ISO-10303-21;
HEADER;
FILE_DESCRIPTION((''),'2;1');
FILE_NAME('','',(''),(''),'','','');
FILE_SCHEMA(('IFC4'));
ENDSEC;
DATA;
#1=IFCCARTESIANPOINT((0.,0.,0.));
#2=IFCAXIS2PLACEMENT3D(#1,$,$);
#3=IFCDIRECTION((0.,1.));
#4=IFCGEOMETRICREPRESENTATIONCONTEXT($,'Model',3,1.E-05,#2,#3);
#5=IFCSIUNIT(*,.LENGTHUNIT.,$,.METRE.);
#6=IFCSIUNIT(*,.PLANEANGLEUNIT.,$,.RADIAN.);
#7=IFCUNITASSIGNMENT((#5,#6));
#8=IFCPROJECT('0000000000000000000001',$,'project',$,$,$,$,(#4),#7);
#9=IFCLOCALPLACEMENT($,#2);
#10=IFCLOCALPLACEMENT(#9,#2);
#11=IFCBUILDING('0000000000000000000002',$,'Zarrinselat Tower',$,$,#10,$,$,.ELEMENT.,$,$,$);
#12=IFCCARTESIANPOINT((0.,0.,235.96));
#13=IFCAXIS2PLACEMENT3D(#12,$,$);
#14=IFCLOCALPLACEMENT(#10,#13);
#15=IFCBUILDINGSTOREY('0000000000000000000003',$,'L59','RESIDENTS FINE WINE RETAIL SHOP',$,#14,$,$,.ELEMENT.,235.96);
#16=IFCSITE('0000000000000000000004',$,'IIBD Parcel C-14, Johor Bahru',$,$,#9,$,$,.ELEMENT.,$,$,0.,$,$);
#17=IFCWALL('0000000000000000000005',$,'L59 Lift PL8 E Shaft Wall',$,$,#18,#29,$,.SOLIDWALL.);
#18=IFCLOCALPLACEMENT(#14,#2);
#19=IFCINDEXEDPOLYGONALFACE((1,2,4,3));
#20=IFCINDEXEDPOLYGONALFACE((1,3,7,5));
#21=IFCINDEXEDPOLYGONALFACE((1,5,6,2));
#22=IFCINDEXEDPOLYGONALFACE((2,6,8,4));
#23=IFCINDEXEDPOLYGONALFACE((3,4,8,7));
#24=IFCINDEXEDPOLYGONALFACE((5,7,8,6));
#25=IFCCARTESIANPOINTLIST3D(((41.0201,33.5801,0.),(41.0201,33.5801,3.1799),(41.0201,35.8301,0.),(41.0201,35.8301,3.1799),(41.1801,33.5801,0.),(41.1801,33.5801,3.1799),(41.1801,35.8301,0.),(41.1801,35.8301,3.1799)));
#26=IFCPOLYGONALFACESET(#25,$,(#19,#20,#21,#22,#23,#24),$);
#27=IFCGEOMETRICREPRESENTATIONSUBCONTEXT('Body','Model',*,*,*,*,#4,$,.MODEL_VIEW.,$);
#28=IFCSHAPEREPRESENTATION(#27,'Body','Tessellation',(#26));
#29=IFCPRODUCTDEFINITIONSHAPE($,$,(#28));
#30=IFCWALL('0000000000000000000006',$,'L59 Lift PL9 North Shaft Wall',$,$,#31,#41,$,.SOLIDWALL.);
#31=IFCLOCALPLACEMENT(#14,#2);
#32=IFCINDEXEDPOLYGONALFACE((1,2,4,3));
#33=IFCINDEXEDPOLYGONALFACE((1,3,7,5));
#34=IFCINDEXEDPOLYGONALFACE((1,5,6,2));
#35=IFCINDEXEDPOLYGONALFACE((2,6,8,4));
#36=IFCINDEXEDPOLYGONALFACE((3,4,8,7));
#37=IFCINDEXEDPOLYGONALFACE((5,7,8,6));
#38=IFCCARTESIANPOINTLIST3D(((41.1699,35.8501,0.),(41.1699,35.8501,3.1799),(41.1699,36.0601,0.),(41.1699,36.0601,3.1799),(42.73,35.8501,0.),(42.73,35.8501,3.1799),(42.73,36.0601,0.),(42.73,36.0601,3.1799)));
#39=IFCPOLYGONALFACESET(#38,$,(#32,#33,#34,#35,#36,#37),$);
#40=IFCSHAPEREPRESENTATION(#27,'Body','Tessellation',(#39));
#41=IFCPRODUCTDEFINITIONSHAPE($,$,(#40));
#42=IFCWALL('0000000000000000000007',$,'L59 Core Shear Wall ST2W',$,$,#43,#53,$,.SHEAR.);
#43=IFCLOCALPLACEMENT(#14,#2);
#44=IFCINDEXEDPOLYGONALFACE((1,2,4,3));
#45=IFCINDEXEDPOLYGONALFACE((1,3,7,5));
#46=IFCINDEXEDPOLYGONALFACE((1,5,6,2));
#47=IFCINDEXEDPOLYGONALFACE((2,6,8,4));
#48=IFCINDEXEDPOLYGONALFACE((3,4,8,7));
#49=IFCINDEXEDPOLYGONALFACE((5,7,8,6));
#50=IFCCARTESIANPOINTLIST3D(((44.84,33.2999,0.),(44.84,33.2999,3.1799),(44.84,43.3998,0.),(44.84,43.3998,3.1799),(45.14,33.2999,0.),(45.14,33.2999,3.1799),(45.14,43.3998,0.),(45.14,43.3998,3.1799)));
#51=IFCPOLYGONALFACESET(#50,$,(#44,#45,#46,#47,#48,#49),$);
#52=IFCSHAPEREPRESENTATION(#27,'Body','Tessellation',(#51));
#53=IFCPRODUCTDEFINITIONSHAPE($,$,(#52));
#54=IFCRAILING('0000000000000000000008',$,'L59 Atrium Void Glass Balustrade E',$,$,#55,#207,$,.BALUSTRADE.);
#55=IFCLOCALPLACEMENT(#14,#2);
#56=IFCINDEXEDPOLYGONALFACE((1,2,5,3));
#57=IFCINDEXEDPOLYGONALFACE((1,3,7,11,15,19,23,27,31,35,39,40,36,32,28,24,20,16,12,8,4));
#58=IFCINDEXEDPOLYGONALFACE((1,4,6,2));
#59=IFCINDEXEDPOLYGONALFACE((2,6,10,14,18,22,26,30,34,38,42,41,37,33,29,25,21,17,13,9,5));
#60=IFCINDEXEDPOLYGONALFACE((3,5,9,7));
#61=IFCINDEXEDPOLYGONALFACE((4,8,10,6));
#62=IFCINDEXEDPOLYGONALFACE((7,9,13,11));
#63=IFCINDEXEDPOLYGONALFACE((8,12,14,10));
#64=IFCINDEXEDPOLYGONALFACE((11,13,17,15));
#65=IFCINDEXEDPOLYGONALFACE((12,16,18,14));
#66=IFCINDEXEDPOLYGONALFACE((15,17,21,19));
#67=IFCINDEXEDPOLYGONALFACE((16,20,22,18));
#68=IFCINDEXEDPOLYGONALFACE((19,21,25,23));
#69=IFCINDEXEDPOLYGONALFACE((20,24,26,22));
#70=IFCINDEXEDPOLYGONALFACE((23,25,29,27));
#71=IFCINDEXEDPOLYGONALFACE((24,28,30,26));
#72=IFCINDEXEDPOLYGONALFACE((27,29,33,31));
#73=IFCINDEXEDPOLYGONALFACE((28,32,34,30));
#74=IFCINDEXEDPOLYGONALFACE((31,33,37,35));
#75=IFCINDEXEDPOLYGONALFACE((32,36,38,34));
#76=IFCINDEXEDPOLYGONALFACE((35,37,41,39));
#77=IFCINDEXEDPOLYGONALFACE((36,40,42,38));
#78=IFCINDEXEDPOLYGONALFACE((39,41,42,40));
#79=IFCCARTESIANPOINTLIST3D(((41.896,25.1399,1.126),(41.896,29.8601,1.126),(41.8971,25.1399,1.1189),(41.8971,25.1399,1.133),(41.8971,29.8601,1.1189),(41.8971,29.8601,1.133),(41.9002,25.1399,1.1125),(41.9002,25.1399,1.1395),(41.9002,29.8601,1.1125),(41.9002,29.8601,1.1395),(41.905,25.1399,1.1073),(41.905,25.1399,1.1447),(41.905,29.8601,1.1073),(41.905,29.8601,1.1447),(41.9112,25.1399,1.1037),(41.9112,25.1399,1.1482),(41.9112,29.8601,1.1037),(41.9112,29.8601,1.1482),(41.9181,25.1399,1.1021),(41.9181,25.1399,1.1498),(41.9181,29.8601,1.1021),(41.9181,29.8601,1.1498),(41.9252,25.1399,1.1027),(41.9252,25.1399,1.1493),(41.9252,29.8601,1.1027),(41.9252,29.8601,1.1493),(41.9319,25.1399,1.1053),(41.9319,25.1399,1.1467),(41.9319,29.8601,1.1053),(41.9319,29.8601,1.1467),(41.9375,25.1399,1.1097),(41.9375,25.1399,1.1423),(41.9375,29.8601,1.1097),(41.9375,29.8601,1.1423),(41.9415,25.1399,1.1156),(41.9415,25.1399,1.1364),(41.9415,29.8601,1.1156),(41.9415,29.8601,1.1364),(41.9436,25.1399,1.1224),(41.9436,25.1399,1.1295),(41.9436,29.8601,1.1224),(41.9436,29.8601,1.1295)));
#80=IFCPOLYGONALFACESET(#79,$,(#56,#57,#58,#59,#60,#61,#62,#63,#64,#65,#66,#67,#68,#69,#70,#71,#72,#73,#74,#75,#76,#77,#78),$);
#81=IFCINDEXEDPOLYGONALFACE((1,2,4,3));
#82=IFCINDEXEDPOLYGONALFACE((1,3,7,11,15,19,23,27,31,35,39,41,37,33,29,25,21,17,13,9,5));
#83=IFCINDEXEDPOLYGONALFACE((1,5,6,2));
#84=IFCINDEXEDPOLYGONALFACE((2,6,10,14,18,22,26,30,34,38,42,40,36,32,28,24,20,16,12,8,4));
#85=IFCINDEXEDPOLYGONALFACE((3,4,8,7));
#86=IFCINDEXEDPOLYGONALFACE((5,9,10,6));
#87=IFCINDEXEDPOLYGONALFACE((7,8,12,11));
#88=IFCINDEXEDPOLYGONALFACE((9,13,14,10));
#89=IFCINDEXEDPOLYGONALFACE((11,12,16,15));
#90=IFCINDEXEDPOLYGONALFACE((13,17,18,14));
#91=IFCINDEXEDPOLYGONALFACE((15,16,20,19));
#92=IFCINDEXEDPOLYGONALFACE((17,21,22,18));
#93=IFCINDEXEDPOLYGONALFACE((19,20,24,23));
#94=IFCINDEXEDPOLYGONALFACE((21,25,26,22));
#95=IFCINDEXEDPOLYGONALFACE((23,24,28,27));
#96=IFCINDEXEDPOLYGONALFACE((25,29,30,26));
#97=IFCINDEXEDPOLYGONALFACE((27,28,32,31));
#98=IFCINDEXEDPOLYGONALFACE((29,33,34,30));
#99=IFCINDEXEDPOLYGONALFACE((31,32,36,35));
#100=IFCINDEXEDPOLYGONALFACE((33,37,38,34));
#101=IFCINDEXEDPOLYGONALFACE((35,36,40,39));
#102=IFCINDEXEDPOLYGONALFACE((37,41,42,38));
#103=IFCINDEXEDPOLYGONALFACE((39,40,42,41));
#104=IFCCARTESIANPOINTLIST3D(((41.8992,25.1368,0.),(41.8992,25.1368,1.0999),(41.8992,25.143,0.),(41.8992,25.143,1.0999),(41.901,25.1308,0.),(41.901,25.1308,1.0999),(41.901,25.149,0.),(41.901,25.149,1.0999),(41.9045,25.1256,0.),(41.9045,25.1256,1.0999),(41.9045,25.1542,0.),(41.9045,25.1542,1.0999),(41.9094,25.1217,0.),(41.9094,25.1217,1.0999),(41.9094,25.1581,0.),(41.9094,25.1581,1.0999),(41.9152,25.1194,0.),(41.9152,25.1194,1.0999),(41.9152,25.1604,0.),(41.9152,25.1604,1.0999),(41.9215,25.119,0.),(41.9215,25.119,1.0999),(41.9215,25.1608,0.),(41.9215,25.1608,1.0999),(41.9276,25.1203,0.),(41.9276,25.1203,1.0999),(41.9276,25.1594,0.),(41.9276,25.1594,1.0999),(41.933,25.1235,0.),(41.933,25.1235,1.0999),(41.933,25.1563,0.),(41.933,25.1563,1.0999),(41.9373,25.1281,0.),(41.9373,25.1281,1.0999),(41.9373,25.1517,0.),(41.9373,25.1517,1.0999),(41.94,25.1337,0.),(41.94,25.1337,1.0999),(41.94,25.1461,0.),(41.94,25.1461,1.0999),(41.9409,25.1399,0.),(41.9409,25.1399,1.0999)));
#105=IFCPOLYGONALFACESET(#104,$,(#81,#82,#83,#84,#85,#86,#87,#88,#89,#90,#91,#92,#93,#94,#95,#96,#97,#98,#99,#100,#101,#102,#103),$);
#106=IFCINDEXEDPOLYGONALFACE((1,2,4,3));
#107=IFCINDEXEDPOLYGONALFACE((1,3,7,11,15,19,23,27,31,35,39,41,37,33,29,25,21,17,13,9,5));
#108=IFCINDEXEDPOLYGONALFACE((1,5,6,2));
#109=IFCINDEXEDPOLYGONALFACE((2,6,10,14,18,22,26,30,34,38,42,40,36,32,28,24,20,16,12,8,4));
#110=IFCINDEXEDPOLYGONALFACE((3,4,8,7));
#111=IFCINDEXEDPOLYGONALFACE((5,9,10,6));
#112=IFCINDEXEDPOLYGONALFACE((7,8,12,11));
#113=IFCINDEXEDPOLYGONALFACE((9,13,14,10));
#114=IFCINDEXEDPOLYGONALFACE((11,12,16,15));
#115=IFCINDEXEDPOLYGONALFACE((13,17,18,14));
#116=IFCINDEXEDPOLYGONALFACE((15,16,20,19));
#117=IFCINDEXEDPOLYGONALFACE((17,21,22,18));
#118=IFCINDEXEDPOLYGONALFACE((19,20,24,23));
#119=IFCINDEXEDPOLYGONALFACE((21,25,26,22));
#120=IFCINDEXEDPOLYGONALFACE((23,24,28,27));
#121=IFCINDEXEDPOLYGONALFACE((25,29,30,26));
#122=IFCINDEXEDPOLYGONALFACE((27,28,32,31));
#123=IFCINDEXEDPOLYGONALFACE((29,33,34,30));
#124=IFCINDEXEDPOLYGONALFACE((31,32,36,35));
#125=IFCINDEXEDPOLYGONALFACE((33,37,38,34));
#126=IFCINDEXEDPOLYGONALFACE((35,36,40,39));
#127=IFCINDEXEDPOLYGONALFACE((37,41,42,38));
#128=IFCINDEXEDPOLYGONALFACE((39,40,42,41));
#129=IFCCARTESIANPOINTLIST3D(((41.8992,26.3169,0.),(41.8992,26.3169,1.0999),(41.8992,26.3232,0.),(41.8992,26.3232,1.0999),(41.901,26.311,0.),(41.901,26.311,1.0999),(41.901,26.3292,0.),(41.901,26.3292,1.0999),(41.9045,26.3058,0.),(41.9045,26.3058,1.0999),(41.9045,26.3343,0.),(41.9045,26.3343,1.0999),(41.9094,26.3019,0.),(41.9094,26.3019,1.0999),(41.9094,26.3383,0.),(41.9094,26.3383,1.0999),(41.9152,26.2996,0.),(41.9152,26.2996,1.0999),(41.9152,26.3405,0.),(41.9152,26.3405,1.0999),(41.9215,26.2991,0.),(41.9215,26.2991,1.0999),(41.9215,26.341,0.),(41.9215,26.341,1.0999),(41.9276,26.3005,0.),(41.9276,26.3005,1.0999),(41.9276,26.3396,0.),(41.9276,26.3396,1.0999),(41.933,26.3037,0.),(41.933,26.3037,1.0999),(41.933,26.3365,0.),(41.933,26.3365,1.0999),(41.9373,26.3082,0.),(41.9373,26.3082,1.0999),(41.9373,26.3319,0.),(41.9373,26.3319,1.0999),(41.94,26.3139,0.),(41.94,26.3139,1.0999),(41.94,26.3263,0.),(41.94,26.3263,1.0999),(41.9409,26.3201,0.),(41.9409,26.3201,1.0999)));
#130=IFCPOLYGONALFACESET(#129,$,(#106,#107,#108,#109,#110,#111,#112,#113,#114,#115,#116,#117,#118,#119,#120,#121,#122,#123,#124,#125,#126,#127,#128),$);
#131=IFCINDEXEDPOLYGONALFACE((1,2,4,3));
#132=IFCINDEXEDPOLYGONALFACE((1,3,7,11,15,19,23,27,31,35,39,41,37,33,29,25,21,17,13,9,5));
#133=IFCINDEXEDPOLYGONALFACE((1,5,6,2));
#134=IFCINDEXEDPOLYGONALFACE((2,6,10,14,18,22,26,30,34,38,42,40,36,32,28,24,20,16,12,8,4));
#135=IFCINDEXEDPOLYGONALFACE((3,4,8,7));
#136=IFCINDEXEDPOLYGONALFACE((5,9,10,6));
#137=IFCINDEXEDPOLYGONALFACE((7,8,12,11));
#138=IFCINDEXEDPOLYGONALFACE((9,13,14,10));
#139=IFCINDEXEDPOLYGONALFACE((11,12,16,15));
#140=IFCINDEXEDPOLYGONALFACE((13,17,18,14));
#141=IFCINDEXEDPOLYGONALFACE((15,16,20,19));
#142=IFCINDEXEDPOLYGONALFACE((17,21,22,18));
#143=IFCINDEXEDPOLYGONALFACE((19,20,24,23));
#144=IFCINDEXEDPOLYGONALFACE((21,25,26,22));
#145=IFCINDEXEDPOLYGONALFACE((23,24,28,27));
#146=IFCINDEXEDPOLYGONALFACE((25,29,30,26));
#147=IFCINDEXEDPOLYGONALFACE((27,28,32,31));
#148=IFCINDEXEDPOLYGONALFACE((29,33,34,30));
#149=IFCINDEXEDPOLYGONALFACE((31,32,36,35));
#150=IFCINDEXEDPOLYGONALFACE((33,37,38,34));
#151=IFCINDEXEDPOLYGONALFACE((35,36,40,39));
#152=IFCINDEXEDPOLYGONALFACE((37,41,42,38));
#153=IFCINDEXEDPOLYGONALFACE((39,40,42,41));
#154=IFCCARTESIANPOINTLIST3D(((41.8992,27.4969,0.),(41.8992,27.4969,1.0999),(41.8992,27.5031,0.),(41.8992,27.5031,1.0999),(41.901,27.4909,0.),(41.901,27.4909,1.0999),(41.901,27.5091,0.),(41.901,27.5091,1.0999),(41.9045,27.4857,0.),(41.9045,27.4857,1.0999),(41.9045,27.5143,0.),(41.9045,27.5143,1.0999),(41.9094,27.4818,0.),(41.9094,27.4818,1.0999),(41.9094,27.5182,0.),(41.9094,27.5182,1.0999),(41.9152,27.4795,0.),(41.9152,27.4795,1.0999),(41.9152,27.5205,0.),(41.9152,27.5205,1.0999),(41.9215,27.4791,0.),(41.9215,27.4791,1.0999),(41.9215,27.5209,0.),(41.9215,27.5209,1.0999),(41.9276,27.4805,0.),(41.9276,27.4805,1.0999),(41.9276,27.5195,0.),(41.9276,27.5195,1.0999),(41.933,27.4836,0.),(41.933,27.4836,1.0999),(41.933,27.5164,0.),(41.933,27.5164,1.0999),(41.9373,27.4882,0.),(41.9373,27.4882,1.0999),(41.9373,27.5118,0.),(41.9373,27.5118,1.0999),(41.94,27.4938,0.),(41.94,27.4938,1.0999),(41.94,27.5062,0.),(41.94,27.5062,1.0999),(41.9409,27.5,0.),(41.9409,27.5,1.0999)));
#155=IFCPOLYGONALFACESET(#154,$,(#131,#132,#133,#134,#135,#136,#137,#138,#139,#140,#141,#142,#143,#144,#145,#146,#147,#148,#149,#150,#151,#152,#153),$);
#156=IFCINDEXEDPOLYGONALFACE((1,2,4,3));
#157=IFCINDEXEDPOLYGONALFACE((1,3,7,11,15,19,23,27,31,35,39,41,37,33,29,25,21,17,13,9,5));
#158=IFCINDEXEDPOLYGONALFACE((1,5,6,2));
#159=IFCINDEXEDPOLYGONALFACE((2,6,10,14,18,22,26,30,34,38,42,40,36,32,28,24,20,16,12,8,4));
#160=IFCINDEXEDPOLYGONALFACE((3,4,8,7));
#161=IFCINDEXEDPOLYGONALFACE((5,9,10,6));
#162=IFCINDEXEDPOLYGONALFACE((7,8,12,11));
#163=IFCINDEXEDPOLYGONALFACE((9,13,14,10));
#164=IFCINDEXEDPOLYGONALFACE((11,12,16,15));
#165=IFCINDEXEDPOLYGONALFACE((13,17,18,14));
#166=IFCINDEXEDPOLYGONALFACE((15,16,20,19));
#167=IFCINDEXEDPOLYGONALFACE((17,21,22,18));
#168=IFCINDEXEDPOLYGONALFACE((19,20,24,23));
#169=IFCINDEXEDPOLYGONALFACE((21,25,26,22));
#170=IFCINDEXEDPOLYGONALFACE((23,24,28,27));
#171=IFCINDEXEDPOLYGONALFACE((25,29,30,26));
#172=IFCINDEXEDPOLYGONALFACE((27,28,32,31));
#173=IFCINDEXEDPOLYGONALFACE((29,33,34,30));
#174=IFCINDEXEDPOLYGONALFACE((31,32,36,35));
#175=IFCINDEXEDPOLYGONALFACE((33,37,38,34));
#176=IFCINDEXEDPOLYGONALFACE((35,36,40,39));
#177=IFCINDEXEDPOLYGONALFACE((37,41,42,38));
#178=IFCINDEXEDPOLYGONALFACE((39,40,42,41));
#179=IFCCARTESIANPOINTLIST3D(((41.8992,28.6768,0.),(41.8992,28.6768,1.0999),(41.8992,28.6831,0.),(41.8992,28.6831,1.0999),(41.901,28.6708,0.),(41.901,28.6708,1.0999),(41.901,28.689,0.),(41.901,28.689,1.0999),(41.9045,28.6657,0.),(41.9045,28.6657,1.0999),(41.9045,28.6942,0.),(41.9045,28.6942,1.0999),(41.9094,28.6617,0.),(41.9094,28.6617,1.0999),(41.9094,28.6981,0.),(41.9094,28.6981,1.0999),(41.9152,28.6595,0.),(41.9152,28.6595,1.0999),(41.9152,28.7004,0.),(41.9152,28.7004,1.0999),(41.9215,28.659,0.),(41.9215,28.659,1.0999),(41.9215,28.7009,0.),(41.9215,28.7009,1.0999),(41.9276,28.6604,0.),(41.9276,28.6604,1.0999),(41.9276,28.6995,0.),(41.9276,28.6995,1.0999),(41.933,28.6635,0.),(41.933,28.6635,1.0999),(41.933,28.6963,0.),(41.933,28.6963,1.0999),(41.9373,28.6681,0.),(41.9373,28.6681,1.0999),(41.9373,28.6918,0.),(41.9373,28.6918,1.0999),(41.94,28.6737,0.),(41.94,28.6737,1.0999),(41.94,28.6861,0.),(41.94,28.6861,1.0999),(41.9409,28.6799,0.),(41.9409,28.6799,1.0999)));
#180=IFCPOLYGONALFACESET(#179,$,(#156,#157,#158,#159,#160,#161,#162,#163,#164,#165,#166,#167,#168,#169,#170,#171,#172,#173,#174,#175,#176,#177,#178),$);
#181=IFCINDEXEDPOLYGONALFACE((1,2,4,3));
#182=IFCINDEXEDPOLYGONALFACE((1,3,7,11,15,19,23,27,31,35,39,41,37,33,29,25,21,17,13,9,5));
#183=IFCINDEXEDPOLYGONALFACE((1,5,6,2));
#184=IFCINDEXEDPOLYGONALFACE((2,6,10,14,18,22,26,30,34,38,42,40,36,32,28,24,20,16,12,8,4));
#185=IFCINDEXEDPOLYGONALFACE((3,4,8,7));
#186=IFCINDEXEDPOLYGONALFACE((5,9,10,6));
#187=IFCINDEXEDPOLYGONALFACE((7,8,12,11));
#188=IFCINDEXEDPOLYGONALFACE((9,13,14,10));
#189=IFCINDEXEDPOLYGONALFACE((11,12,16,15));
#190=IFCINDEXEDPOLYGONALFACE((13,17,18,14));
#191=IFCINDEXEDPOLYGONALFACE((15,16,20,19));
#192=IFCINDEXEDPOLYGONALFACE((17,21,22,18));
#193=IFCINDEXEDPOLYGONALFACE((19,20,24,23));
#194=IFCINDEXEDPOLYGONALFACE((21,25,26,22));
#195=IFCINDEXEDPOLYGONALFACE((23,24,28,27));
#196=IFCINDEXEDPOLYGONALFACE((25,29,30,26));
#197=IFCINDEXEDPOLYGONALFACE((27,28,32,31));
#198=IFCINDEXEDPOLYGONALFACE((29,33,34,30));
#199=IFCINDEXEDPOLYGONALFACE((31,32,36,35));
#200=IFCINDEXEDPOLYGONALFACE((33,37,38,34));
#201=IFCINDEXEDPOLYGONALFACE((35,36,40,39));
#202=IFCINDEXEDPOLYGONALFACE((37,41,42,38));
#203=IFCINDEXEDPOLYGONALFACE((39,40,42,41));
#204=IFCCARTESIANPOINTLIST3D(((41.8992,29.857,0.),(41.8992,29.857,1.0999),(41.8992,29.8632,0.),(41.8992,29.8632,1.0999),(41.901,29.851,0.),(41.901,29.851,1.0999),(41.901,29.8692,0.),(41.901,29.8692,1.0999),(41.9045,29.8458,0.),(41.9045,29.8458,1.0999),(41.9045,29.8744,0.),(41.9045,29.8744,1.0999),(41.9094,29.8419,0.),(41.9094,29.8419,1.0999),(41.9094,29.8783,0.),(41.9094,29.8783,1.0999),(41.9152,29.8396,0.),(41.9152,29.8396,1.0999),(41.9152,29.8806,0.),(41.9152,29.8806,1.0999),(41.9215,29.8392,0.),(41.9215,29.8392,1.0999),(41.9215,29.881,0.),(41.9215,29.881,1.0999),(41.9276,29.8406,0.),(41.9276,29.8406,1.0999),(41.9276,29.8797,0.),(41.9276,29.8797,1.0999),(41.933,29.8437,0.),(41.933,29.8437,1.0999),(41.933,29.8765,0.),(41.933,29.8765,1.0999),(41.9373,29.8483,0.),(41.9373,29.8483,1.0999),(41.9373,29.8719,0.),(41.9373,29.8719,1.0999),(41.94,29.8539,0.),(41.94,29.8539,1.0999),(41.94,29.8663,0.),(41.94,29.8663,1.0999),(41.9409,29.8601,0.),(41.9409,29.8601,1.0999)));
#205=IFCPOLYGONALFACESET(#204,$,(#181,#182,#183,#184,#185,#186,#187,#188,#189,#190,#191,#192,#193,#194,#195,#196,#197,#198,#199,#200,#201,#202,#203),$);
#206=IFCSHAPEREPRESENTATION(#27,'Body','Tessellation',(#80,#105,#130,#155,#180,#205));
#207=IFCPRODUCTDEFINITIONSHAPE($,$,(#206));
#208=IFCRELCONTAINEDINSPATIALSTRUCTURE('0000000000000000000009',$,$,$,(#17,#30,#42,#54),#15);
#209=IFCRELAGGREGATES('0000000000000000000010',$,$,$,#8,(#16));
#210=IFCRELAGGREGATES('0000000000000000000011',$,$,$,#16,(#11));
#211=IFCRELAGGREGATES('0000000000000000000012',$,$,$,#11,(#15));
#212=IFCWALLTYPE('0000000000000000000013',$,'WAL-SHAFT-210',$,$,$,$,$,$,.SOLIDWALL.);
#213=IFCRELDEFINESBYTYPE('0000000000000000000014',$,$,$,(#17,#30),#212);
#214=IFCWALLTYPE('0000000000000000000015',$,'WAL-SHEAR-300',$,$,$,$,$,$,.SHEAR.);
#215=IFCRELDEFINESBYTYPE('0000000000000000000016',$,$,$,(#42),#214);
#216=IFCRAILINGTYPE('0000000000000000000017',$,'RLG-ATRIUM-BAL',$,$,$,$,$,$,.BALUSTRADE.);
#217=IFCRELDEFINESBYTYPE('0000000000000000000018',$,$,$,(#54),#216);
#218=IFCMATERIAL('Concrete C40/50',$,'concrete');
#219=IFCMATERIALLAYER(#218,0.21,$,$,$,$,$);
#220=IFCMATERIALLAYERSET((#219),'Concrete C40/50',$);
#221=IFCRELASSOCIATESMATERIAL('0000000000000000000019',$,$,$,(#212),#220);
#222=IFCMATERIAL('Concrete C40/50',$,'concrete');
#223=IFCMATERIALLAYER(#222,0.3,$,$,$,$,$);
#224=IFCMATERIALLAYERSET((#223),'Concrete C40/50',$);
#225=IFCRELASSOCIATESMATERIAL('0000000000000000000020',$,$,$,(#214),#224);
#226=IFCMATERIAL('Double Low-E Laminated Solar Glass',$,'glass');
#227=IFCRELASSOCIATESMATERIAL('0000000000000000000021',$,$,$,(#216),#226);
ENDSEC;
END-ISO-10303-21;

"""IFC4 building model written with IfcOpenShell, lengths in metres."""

from ifc_helpers import new_model, si_unit, direction, frame, frame_2d, origin, origin_2d, place, context, subcontext, project, spatial, rectangle, circle, extrude, material, layer, layer_set, type_object, element, save


model = new_model("IFC4")

# Units and contexts
model_context = context("Model", 3, precision=1e-05, world=origin(), true_north=direction((0.0, 1.0)))
body_context = subcontext(model_context, "Body", "Model", "MODEL_VIEW")
ifc_project = project(units=[si_unit("LENGTHUNIT", "METRE"), si_unit("PLANEANGLEUNIT", "RADIAN")], contexts=[model_context])

# Site, building, storey
site_placement = place(None, origin())
site = spatial("IfcSite", under=ifc_project, at=site_placement, Name="IIBD Parcel C-14, Johor Bahru", CompositionType="ELEMENT", RefElevation=0.0)
building_placement = place(site_placement, origin())
building = spatial("IfcBuilding", under=site, at=building_placement, Name="Zarrinselat Tower", CompositionType="ELEMENT")
storey_placement = place(building_placement, frame((0.0, 0.0, 235.96)))
storey = spatial("IfcBuildingStorey", under=building, at=storey_placement, Name="L59", Description="RESIDENTS FINE WINE RETAIL SHOP", CompositionType="ELEMENT", Elevation=235.96)

# Walls
ifc_material_1 = material(Name="Concrete C40/50", Category="concrete")
ifc_layer_1 = layer(ifc_material_1, 0.21)
ifc_layer_set_1 = layer_set([ifc_layer_1], Name="Concrete C40/50")
wall_type_1 = type_object("IfcWallType", Name="WAL-SHAFT-210", PredefinedType="SOLIDWALL", material=ifc_layer_set_1)
for number, where, z_axis, x_axis, name in (
    (1, (41.1001, 33.5801, 0.0), (0.0, 0.0, 1.0), (0.0, 1.0, 0.0), "L59 Lift PL8 E Shaft Wall"),
):
    element("IfcWall", number, at=place(storey_placement, frame(where, z_axis=z_axis, x_axis=x_axis)), inside=storey, type_object=wall_type_1, Name=name, PredefinedType="SOLIDWALL", context=body_context, shape_type="SweptSolid", body=[
        extrude(rectangle(XDim=2.25, YDim=0.1599, at=frame_2d((1.125, 0.0))), origin(), (0.0, 0.0, 1.0), 3.1799),
    ])
wall_1_placement = place(storey_placement, frame((41.1699, 35.9551, 0.0), z_axis=(0.0, 0.0, 1.0), x_axis=(1.0, 0.0, 0.0)))
element("IfcWall", 2, at=wall_1_placement, inside=storey, type_object=wall_type_1, Name="L59 Lift PL9 North Shaft Wall", PredefinedType="SOLIDWALL", context=body_context, shape_type="SweptSolid", body=[
    extrude(rectangle(XDim=1.5601, YDim=0.21, at=frame_2d((0.78, 0.0))), origin(), (0.0, 0.0, 1.0), 3.1799),
])
ifc_material_2 = material(Name="Concrete C40/50", Category="concrete")
ifc_layer_2 = layer(ifc_material_2, 0.3)
ifc_layer_set_2 = layer_set([ifc_layer_2], Name="Concrete C40/50")
wall_type_2 = type_object("IfcWallType", Name="WAL-SHEAR-300", PredefinedType="SHEAR", material=ifc_layer_set_2)
wall_2_placement = place(storey_placement, frame((44.99, 33.3, 0.0), z_axis=(0.0, 0.0, 1.0), x_axis=(0.0, 1.0, 0.0)))
element("IfcWall", 3, at=wall_2_placement, inside=storey, type_object=wall_type_2, Name="L59 Core Shear Wall ST2W", PredefinedType="SHEAR", context=body_context, shape_type="SweptSolid", body=[
    extrude(rectangle(XDim=10.0999, YDim=0.3, at=frame_2d((5.0498, 0.0))), origin(), (0.0, 0.0, 1.0), 3.1799),
])

# Railing
ifc_material_3 = material(Name="Double Low-E Laminated Solar Glass", Category="glass")
railing_type_1 = type_object("IfcRailingType", Name="RLG-ATRIUM-BAL", PredefinedType="BALUSTRADE", material=ifc_material_3)
railing_1_placement = place(storey_placement, frame((41.9199, 25.1399, 0.0)))
element("IfcRailing", 4, at=railing_1_placement, inside=storey, type_object=railing_type_1, Name="L59 Atrium Void Glass Balustrade E", PredefinedType="BALUSTRADE", context=body_context, shape_type="SweptSolid", body=[
    extrude(circle(Radius=0.0239, at=origin_2d()), frame((0.0, 0.0, 1.126), z_axis=(0.0, 1.0, 0.0), x_axis=(-1.0, 0.0, 0.0)), (0.0, 0.0, 1.0), 4.7202),
    extrude(circle(Radius=0.021, at=origin_2d()), origin(), (0.0, 0.0, 1.0), 1.0999),
    extrude(circle(Radius=0.021, at=origin_2d()), frame((0.0, 1.1802, 0.0)), (0.0, 0.0, 1.0), 1.0999),
    extrude(circle(Radius=0.021, at=origin_2d()), frame((0.0, 2.3601, 0.0)), (0.0, 0.0, 1.0), 1.0999),
    extrude(circle(Radius=0.021, at=origin_2d()), frame((0.0, 3.54, 0.0)), (0.0, 0.0, 1.0), 1.0999),
    extrude(circle(Radius=0.021, at=origin_2d()), frame((0.0, 4.7202, 0.0)), (0.0, 0.0, 1.0), 1.0999),
])

save(model, "model.ifc")
